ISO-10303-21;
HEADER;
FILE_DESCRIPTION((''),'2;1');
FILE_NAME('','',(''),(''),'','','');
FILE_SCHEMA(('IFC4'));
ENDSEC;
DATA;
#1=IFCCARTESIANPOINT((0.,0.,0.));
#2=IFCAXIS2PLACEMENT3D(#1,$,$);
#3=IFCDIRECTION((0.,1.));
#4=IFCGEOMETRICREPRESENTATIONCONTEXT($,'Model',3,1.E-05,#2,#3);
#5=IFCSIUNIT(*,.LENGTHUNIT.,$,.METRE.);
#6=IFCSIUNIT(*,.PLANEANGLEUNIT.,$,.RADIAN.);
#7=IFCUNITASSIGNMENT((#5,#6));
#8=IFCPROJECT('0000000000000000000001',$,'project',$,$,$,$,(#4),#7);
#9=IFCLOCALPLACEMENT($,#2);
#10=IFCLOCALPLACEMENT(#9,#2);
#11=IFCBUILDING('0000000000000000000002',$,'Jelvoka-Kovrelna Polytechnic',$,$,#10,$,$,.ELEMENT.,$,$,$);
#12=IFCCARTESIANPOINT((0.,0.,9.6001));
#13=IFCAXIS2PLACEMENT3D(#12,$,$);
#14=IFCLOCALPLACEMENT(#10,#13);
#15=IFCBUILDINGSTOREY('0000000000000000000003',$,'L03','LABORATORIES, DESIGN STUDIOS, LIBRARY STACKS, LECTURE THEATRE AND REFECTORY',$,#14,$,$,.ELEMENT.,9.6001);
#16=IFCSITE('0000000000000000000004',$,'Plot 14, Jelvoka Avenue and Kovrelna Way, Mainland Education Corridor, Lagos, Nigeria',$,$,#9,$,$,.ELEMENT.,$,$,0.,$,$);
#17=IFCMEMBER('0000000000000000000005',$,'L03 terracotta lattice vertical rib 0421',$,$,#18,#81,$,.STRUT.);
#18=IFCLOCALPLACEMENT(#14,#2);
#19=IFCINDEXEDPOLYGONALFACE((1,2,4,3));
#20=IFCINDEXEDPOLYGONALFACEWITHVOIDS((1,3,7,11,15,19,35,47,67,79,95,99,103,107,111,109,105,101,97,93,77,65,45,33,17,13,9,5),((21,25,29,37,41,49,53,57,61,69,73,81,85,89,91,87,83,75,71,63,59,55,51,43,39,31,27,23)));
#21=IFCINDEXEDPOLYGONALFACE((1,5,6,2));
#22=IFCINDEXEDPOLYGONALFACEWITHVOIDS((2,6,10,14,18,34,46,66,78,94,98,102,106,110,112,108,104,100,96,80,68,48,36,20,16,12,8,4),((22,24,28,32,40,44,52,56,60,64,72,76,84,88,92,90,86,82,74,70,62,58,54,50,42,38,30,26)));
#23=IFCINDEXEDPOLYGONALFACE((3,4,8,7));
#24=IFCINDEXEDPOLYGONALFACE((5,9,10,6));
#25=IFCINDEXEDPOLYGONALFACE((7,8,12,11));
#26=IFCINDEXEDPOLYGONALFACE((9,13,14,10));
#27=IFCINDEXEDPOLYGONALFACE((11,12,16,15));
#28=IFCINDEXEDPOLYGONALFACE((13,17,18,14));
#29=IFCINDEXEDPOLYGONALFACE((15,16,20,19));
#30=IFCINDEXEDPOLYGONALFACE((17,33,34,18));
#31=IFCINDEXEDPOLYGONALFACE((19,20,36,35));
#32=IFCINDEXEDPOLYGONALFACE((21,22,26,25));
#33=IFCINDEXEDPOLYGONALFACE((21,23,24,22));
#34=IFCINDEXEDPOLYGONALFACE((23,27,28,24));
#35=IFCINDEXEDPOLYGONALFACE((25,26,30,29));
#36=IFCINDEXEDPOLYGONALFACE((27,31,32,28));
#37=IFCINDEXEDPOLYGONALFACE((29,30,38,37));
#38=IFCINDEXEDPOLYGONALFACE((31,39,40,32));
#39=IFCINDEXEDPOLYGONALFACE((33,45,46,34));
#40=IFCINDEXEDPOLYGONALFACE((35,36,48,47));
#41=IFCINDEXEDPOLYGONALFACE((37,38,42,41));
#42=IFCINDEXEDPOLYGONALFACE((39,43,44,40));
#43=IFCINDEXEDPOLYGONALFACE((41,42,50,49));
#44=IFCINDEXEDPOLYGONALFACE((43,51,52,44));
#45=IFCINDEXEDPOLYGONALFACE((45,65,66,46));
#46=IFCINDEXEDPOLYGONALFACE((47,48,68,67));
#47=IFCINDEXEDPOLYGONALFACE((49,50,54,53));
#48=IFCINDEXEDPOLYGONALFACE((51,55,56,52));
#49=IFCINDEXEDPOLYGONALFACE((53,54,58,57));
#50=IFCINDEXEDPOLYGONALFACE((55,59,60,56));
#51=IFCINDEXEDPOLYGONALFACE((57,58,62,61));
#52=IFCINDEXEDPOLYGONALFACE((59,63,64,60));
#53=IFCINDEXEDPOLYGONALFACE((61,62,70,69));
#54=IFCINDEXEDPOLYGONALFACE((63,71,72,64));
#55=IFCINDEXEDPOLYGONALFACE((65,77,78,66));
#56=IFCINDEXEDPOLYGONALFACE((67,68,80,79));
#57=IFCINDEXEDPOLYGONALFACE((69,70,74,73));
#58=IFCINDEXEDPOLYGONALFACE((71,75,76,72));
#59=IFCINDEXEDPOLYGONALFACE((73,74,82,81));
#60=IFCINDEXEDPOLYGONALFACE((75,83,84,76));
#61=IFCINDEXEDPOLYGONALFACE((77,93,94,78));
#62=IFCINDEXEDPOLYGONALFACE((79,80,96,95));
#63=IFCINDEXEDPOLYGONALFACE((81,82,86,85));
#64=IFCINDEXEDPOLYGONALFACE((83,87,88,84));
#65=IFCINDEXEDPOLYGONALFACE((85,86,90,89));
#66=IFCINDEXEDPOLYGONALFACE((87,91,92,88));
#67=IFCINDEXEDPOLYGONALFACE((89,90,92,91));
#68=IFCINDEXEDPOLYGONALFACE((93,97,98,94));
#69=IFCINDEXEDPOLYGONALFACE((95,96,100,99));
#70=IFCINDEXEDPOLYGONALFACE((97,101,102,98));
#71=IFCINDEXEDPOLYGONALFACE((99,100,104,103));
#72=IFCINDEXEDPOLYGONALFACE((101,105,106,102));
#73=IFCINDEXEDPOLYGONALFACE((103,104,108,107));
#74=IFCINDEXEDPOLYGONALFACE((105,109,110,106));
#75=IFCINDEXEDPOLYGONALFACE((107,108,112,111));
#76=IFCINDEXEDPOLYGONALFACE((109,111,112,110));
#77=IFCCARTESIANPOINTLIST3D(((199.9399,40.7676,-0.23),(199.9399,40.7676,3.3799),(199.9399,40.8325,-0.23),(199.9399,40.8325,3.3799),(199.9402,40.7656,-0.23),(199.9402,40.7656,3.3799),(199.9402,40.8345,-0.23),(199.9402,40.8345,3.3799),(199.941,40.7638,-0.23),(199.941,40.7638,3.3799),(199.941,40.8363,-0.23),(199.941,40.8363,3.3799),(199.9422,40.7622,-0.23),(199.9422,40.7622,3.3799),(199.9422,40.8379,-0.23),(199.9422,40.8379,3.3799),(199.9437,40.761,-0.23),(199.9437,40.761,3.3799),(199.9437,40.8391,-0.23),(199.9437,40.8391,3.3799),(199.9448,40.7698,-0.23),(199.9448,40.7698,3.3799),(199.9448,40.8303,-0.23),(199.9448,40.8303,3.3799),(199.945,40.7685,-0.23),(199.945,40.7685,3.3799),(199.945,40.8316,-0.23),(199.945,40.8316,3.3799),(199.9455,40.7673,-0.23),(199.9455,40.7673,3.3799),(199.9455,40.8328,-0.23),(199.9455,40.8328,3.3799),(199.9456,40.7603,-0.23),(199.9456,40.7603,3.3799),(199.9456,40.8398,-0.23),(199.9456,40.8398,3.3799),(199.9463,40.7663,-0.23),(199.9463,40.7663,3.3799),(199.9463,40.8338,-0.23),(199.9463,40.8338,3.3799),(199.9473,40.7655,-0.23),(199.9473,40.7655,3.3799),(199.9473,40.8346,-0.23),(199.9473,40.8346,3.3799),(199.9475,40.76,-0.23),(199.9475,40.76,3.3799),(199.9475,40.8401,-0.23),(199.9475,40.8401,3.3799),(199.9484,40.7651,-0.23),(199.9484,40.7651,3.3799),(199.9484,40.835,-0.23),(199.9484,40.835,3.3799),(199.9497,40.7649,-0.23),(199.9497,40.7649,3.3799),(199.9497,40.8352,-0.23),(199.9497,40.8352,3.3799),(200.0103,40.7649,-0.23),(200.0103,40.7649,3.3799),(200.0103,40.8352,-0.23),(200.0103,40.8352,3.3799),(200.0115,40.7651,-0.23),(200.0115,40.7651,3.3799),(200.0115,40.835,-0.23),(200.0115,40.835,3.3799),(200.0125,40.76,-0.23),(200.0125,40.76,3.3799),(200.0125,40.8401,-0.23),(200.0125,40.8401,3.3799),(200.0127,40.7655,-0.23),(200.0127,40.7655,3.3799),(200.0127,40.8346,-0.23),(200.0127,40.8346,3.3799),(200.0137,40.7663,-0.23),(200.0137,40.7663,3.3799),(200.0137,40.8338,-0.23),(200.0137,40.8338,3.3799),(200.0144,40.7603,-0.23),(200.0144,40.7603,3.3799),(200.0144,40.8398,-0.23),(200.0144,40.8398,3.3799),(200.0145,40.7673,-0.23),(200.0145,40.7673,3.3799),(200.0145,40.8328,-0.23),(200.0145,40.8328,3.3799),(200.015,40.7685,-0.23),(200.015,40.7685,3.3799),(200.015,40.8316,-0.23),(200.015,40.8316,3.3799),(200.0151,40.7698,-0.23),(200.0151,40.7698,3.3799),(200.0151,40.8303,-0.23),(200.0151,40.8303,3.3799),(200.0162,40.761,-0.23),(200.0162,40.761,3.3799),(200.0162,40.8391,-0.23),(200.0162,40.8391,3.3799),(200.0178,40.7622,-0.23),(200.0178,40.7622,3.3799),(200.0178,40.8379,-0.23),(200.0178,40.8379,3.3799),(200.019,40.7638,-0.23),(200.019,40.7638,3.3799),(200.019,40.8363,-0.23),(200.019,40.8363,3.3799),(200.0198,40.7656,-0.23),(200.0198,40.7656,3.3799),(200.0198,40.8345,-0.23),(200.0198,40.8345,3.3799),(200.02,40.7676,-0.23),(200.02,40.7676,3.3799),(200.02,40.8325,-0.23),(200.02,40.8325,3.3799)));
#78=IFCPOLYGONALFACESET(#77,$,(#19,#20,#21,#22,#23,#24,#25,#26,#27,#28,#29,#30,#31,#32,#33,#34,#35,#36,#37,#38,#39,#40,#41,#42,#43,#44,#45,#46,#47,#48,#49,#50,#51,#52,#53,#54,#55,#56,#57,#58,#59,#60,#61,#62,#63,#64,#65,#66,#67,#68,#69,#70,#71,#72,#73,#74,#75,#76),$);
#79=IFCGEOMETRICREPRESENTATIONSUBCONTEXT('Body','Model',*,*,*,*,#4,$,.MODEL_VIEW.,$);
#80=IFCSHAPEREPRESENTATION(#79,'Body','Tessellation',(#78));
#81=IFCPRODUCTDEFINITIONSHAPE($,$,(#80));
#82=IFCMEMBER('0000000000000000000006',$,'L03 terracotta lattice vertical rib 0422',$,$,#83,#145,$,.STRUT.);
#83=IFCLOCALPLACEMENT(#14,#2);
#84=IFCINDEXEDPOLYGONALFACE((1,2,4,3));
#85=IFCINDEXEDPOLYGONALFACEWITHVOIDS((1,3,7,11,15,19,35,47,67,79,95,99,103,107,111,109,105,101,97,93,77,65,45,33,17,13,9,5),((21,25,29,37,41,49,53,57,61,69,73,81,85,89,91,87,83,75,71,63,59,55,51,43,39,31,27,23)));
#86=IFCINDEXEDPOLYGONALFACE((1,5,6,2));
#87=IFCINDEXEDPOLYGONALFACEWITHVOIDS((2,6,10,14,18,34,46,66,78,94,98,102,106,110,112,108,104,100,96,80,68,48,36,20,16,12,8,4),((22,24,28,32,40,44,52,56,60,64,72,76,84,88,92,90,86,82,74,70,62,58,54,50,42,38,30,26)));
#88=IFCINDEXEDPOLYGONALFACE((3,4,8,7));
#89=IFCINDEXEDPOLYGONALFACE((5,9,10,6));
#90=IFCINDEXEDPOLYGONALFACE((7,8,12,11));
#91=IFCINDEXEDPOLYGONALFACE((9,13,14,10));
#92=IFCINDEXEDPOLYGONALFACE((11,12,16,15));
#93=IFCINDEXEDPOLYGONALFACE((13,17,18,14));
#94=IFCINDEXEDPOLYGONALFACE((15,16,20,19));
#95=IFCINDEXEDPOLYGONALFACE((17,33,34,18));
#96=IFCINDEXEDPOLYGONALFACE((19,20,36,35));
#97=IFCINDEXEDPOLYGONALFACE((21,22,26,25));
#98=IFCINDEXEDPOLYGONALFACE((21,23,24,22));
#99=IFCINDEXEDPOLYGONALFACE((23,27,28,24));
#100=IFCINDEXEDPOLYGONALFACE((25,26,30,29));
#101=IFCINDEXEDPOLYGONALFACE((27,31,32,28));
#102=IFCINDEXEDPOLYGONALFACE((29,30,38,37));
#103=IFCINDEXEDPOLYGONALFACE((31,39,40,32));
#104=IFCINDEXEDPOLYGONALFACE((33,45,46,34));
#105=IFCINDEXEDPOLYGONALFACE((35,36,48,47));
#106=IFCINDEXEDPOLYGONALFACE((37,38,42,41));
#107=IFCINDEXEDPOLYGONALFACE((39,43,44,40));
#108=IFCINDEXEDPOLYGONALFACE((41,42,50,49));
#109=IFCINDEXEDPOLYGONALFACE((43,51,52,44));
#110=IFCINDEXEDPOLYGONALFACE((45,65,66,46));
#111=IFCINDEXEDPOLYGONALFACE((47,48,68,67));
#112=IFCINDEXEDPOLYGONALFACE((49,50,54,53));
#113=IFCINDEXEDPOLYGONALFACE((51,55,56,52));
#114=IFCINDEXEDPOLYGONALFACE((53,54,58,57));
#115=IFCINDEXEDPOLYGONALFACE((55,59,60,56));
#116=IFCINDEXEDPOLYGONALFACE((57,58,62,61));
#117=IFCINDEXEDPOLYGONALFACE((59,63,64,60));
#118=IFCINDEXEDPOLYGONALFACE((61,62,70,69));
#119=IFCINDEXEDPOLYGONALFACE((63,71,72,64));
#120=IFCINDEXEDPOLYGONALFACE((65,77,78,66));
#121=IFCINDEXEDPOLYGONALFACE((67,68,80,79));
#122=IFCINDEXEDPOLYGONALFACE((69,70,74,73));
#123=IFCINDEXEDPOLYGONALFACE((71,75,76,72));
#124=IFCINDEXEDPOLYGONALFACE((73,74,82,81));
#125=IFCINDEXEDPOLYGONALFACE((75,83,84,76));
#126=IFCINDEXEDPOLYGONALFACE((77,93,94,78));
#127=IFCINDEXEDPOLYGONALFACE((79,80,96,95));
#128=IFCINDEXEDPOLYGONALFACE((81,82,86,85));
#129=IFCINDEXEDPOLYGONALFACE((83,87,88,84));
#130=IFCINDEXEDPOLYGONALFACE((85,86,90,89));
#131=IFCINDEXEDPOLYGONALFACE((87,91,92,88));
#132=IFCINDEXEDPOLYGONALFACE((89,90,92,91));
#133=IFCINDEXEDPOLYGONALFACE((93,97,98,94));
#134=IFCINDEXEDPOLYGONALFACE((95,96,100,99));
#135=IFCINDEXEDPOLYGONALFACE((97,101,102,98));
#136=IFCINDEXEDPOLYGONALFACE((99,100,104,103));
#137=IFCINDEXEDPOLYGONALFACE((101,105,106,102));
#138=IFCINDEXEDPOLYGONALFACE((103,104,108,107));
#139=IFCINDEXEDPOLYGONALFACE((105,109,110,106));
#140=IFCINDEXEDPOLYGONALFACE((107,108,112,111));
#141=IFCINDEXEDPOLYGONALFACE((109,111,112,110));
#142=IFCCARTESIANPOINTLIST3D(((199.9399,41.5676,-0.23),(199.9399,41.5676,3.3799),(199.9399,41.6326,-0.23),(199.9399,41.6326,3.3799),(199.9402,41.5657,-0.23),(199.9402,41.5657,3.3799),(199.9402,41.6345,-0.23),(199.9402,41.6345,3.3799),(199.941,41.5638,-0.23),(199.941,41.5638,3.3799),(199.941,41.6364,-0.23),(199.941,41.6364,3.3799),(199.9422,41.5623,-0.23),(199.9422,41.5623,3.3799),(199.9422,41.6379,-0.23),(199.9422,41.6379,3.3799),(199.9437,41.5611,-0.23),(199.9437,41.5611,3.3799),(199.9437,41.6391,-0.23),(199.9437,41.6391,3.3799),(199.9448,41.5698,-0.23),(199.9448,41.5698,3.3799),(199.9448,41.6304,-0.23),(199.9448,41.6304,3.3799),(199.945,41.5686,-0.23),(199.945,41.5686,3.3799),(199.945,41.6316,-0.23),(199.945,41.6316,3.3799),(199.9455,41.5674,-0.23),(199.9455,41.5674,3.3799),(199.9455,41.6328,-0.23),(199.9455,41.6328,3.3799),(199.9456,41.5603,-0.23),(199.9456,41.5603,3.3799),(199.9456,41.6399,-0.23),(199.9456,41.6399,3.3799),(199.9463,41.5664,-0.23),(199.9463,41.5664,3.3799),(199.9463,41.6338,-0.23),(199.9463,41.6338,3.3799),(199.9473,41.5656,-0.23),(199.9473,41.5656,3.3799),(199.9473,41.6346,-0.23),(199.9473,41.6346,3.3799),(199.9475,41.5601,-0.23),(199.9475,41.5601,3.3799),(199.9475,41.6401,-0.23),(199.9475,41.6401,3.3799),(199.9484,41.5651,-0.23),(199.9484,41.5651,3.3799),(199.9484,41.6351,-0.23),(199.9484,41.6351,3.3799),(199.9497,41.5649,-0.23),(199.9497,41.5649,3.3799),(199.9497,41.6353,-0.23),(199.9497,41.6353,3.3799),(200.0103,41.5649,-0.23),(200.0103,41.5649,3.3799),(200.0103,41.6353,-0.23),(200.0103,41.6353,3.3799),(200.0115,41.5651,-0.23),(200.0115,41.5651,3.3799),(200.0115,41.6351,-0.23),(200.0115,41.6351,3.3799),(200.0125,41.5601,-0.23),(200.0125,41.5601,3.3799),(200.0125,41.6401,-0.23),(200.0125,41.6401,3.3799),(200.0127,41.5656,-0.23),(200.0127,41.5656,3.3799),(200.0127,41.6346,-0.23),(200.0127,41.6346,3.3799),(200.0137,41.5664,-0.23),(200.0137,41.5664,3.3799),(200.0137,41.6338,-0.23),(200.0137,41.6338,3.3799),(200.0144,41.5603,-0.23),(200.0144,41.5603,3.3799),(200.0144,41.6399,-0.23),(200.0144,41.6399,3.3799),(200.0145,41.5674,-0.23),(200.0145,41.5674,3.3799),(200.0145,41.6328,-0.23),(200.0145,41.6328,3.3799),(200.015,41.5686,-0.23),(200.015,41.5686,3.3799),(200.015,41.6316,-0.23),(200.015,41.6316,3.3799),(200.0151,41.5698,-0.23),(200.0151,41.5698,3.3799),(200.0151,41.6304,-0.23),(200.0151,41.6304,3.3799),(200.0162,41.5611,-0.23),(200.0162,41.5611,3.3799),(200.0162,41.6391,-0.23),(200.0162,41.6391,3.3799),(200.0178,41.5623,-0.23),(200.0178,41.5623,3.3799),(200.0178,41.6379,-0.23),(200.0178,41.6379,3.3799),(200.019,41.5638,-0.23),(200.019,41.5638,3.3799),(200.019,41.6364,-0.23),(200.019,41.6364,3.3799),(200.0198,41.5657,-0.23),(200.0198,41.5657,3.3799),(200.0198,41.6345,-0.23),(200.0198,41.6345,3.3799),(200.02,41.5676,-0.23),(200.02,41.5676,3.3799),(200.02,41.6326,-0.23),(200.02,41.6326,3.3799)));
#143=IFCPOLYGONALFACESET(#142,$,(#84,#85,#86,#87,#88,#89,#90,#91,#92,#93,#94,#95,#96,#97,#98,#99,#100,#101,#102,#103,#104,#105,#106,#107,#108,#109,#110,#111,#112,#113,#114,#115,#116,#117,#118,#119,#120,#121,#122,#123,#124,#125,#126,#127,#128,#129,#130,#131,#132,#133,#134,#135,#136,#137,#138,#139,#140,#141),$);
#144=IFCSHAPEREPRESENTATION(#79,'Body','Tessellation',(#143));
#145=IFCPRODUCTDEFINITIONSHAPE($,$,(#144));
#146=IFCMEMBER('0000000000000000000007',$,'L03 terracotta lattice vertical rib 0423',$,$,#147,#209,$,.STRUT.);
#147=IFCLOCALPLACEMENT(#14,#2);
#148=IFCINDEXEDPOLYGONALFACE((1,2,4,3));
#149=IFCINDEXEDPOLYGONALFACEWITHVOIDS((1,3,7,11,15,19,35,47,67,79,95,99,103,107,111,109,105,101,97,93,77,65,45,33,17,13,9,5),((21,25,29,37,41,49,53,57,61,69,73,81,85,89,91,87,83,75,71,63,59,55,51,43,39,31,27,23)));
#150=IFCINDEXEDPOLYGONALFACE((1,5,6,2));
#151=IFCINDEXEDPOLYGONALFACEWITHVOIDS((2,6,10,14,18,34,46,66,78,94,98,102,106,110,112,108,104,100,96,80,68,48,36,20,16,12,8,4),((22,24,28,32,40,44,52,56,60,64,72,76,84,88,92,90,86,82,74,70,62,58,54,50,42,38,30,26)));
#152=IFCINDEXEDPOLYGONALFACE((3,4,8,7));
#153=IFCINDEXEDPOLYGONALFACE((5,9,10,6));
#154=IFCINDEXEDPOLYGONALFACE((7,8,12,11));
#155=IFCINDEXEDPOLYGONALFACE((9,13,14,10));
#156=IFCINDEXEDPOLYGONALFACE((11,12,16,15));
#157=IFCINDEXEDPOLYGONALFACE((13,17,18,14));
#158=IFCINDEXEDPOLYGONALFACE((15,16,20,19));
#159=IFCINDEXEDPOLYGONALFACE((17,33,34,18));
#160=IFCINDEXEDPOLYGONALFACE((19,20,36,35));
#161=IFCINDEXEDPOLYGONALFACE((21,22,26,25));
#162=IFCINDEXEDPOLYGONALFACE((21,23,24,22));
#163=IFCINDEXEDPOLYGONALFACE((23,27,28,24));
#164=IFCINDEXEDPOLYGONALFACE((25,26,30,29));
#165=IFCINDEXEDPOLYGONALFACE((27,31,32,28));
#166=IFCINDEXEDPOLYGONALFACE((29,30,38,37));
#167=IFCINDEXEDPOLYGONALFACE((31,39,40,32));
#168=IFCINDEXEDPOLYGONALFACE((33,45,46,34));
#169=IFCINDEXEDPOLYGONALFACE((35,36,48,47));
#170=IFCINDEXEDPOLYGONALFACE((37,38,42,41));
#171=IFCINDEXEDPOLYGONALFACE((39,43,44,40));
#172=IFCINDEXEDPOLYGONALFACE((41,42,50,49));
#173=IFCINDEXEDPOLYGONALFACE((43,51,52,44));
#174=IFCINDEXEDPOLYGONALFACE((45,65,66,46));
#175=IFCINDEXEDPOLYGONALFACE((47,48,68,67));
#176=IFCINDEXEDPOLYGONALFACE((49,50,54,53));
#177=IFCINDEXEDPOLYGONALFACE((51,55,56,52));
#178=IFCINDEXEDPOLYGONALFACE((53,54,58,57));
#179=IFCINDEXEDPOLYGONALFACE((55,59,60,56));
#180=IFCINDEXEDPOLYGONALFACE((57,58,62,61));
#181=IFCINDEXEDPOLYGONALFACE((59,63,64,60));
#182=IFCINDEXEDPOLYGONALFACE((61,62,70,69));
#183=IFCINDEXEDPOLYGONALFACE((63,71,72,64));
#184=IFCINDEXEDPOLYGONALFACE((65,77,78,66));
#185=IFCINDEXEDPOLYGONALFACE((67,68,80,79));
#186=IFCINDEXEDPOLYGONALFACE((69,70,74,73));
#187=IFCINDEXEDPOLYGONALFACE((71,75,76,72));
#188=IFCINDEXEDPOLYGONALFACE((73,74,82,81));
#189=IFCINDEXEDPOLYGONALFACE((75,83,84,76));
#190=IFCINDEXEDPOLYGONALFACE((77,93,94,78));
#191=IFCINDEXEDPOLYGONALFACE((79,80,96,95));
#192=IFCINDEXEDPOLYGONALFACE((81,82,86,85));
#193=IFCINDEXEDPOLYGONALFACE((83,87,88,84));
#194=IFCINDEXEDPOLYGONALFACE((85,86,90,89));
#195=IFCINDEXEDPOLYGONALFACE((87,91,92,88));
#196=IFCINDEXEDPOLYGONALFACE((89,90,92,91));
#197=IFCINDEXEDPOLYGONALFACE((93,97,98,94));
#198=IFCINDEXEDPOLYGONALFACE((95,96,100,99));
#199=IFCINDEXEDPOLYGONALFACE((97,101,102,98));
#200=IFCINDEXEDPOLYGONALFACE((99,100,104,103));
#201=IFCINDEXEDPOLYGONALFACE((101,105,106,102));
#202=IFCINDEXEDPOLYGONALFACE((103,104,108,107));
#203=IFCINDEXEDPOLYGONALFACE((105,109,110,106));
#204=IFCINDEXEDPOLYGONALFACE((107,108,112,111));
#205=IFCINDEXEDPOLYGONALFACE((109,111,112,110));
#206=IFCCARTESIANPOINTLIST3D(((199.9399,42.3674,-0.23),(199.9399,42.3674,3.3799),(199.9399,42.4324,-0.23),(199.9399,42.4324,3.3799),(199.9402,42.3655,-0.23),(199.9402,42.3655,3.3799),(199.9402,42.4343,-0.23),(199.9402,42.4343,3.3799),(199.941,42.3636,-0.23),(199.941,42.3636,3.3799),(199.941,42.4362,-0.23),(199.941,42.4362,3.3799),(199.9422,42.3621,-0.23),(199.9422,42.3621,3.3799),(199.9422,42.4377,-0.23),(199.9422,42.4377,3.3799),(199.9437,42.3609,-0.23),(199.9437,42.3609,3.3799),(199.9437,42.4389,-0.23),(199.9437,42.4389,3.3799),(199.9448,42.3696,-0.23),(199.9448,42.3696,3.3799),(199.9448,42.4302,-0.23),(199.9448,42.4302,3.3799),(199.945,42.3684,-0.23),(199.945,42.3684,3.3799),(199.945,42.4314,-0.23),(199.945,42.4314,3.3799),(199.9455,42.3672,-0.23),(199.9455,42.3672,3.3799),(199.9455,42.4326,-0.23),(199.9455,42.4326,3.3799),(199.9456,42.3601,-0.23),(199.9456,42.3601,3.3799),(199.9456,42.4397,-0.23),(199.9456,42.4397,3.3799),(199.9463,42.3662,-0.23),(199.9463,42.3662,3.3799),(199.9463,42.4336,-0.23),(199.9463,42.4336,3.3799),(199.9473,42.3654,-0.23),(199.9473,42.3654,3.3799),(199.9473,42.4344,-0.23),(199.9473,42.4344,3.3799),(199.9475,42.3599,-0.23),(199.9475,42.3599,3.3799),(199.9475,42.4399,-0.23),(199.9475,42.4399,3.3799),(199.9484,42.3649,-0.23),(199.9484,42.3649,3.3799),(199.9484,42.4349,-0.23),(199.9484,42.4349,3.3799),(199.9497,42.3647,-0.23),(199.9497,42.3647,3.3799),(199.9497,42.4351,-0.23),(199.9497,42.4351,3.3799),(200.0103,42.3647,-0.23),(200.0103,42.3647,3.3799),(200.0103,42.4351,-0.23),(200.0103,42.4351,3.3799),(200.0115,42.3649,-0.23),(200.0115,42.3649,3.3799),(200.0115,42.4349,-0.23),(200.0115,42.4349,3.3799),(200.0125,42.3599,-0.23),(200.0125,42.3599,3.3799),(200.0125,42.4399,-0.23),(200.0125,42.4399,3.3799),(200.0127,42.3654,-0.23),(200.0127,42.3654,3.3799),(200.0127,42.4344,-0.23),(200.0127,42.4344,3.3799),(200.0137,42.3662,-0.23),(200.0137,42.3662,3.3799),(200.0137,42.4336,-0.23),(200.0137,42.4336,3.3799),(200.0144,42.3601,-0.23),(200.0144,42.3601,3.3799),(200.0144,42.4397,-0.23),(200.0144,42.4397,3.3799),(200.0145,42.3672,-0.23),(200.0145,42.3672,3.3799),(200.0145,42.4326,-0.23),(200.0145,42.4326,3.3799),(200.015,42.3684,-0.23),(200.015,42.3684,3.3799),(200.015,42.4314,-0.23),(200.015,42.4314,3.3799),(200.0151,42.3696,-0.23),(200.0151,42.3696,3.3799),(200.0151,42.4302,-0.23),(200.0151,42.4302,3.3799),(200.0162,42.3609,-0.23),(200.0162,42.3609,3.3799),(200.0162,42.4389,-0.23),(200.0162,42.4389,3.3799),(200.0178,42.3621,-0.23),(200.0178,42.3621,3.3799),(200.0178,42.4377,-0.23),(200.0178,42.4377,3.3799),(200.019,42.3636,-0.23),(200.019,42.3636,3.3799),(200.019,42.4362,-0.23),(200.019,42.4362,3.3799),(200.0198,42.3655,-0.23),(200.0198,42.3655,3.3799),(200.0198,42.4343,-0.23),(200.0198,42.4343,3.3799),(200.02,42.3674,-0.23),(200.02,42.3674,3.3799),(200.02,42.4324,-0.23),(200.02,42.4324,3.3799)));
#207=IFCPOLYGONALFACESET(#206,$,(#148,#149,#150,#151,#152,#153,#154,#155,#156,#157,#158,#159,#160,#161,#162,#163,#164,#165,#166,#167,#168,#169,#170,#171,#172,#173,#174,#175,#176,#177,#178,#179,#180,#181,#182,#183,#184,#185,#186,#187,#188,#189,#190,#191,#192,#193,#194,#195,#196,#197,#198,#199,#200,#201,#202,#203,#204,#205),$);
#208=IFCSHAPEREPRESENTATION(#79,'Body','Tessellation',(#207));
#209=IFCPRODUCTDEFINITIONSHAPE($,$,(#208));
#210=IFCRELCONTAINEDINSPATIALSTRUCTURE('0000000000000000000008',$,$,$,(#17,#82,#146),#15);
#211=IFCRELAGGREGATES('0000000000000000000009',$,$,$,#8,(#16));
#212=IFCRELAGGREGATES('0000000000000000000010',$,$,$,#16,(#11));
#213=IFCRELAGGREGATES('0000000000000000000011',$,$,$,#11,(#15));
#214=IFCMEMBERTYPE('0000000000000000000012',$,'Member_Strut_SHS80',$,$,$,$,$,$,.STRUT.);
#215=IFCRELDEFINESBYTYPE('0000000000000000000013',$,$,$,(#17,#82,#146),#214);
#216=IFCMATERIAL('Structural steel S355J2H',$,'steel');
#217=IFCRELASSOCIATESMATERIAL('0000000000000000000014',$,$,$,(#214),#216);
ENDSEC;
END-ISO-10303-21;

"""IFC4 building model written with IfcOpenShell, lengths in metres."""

from ifc_helpers import new_model, si_unit, direction, frame, origin, origin_2d, place, context, subcontext, project, spatial, hollow_rectangle, extrude, material, material_profile, profile_set, type_object, element, save


model = new_model("IFC4")

# Units and contexts
model_context = context("Model", 3, precision=1e-05, world=origin(), true_north=direction((0.0, 1.0)))
body_context = subcontext(model_context, "Body", "Model", "MODEL_VIEW")
ifc_project = project(units=[si_unit("LENGTHUNIT", "METRE"), si_unit("PLANEANGLEUNIT", "RADIAN")], contexts=[model_context])

# Site, building, storey
site_placement = place(None, origin())
site = spatial("IfcSite", under=ifc_project, at=site_placement, Name="Plot 14, Jelvoka Avenue and Kovrelna Way, Mainland Education Corridor, Lagos, Nigeria", CompositionType="ELEMENT", RefElevation=0.0)
building_placement = place(site_placement, origin())
building = spatial("IfcBuilding", under=site, at=building_placement, Name="Jelvoka-Kovrelna Polytechnic", CompositionType="ELEMENT")
storey_placement = place(building_placement, frame((0.0, 0.0, 9.6001)))
storey = spatial("IfcBuildingStorey", under=building, at=storey_placement, Name="L03", Description="LABORATORIES, DESIGN STUDIOS, LIBRARY STACKS, LECTURE THEATRE AND REFECTORY", CompositionType="ELEMENT", Elevation=9.6001)

# Members
ifc_material_1 = material(Name="Structural steel S355J2H", Category="steel")
ifc_material_profile_1 = material_profile(ifc_material_1, hollow_rectangle(XDim=0.0801, YDim=0.0801, WallThickness=0.0049, InnerFilletRadius=0.0049, OuterFilletRadius=0.0076, at=origin_2d()), Name="80x80x5.0 SHS")
ifc_profile_set_1 = profile_set([ifc_material_profile_1], Name="Structural steel S355J2H")
member_type_1 = type_object("IfcMemberType", Name="Member_Strut_SHS80", PredefinedType="STRUT", material=ifc_profile_set_1)
for number, where, z_axis, x_axis, name in (
    (1, (199.98, 40.8, -0.23), (0.0, 0.0, 1.0), (1.0, 0.0, 0.0), "L03 terracotta lattice vertical rib 0421"),
    (2, (199.98, 41.6001, -0.23), (0.0, 0.0, 1.0), (1.0, 0.0, 0.0), "L03 terracotta lattice vertical rib 0422"),
    (3, (199.98, 42.3999, -0.23), (0.0, 0.0, 1.0), (1.0, 0.0, 0.0), "L03 terracotta lattice vertical rib 0423"),
):
    element("IfcMember", number, at=place(storey_placement, frame(where, z_axis=z_axis, x_axis=x_axis)), inside=storey, type_object=member_type_1, Name=name, PredefinedType="STRUT", context=body_context, shape_type="SweptSolid", body=[
        extrude(hollow_rectangle(XDim=0.0801, YDim=0.0801, WallThickness=0.0049, InnerFilletRadius=0.0049, OuterFilletRadius=0.0076, at=origin_2d()), origin(), (0.0, 0.0, 1.0), 3.6099),
    ])

save(model, "model.ifc")
